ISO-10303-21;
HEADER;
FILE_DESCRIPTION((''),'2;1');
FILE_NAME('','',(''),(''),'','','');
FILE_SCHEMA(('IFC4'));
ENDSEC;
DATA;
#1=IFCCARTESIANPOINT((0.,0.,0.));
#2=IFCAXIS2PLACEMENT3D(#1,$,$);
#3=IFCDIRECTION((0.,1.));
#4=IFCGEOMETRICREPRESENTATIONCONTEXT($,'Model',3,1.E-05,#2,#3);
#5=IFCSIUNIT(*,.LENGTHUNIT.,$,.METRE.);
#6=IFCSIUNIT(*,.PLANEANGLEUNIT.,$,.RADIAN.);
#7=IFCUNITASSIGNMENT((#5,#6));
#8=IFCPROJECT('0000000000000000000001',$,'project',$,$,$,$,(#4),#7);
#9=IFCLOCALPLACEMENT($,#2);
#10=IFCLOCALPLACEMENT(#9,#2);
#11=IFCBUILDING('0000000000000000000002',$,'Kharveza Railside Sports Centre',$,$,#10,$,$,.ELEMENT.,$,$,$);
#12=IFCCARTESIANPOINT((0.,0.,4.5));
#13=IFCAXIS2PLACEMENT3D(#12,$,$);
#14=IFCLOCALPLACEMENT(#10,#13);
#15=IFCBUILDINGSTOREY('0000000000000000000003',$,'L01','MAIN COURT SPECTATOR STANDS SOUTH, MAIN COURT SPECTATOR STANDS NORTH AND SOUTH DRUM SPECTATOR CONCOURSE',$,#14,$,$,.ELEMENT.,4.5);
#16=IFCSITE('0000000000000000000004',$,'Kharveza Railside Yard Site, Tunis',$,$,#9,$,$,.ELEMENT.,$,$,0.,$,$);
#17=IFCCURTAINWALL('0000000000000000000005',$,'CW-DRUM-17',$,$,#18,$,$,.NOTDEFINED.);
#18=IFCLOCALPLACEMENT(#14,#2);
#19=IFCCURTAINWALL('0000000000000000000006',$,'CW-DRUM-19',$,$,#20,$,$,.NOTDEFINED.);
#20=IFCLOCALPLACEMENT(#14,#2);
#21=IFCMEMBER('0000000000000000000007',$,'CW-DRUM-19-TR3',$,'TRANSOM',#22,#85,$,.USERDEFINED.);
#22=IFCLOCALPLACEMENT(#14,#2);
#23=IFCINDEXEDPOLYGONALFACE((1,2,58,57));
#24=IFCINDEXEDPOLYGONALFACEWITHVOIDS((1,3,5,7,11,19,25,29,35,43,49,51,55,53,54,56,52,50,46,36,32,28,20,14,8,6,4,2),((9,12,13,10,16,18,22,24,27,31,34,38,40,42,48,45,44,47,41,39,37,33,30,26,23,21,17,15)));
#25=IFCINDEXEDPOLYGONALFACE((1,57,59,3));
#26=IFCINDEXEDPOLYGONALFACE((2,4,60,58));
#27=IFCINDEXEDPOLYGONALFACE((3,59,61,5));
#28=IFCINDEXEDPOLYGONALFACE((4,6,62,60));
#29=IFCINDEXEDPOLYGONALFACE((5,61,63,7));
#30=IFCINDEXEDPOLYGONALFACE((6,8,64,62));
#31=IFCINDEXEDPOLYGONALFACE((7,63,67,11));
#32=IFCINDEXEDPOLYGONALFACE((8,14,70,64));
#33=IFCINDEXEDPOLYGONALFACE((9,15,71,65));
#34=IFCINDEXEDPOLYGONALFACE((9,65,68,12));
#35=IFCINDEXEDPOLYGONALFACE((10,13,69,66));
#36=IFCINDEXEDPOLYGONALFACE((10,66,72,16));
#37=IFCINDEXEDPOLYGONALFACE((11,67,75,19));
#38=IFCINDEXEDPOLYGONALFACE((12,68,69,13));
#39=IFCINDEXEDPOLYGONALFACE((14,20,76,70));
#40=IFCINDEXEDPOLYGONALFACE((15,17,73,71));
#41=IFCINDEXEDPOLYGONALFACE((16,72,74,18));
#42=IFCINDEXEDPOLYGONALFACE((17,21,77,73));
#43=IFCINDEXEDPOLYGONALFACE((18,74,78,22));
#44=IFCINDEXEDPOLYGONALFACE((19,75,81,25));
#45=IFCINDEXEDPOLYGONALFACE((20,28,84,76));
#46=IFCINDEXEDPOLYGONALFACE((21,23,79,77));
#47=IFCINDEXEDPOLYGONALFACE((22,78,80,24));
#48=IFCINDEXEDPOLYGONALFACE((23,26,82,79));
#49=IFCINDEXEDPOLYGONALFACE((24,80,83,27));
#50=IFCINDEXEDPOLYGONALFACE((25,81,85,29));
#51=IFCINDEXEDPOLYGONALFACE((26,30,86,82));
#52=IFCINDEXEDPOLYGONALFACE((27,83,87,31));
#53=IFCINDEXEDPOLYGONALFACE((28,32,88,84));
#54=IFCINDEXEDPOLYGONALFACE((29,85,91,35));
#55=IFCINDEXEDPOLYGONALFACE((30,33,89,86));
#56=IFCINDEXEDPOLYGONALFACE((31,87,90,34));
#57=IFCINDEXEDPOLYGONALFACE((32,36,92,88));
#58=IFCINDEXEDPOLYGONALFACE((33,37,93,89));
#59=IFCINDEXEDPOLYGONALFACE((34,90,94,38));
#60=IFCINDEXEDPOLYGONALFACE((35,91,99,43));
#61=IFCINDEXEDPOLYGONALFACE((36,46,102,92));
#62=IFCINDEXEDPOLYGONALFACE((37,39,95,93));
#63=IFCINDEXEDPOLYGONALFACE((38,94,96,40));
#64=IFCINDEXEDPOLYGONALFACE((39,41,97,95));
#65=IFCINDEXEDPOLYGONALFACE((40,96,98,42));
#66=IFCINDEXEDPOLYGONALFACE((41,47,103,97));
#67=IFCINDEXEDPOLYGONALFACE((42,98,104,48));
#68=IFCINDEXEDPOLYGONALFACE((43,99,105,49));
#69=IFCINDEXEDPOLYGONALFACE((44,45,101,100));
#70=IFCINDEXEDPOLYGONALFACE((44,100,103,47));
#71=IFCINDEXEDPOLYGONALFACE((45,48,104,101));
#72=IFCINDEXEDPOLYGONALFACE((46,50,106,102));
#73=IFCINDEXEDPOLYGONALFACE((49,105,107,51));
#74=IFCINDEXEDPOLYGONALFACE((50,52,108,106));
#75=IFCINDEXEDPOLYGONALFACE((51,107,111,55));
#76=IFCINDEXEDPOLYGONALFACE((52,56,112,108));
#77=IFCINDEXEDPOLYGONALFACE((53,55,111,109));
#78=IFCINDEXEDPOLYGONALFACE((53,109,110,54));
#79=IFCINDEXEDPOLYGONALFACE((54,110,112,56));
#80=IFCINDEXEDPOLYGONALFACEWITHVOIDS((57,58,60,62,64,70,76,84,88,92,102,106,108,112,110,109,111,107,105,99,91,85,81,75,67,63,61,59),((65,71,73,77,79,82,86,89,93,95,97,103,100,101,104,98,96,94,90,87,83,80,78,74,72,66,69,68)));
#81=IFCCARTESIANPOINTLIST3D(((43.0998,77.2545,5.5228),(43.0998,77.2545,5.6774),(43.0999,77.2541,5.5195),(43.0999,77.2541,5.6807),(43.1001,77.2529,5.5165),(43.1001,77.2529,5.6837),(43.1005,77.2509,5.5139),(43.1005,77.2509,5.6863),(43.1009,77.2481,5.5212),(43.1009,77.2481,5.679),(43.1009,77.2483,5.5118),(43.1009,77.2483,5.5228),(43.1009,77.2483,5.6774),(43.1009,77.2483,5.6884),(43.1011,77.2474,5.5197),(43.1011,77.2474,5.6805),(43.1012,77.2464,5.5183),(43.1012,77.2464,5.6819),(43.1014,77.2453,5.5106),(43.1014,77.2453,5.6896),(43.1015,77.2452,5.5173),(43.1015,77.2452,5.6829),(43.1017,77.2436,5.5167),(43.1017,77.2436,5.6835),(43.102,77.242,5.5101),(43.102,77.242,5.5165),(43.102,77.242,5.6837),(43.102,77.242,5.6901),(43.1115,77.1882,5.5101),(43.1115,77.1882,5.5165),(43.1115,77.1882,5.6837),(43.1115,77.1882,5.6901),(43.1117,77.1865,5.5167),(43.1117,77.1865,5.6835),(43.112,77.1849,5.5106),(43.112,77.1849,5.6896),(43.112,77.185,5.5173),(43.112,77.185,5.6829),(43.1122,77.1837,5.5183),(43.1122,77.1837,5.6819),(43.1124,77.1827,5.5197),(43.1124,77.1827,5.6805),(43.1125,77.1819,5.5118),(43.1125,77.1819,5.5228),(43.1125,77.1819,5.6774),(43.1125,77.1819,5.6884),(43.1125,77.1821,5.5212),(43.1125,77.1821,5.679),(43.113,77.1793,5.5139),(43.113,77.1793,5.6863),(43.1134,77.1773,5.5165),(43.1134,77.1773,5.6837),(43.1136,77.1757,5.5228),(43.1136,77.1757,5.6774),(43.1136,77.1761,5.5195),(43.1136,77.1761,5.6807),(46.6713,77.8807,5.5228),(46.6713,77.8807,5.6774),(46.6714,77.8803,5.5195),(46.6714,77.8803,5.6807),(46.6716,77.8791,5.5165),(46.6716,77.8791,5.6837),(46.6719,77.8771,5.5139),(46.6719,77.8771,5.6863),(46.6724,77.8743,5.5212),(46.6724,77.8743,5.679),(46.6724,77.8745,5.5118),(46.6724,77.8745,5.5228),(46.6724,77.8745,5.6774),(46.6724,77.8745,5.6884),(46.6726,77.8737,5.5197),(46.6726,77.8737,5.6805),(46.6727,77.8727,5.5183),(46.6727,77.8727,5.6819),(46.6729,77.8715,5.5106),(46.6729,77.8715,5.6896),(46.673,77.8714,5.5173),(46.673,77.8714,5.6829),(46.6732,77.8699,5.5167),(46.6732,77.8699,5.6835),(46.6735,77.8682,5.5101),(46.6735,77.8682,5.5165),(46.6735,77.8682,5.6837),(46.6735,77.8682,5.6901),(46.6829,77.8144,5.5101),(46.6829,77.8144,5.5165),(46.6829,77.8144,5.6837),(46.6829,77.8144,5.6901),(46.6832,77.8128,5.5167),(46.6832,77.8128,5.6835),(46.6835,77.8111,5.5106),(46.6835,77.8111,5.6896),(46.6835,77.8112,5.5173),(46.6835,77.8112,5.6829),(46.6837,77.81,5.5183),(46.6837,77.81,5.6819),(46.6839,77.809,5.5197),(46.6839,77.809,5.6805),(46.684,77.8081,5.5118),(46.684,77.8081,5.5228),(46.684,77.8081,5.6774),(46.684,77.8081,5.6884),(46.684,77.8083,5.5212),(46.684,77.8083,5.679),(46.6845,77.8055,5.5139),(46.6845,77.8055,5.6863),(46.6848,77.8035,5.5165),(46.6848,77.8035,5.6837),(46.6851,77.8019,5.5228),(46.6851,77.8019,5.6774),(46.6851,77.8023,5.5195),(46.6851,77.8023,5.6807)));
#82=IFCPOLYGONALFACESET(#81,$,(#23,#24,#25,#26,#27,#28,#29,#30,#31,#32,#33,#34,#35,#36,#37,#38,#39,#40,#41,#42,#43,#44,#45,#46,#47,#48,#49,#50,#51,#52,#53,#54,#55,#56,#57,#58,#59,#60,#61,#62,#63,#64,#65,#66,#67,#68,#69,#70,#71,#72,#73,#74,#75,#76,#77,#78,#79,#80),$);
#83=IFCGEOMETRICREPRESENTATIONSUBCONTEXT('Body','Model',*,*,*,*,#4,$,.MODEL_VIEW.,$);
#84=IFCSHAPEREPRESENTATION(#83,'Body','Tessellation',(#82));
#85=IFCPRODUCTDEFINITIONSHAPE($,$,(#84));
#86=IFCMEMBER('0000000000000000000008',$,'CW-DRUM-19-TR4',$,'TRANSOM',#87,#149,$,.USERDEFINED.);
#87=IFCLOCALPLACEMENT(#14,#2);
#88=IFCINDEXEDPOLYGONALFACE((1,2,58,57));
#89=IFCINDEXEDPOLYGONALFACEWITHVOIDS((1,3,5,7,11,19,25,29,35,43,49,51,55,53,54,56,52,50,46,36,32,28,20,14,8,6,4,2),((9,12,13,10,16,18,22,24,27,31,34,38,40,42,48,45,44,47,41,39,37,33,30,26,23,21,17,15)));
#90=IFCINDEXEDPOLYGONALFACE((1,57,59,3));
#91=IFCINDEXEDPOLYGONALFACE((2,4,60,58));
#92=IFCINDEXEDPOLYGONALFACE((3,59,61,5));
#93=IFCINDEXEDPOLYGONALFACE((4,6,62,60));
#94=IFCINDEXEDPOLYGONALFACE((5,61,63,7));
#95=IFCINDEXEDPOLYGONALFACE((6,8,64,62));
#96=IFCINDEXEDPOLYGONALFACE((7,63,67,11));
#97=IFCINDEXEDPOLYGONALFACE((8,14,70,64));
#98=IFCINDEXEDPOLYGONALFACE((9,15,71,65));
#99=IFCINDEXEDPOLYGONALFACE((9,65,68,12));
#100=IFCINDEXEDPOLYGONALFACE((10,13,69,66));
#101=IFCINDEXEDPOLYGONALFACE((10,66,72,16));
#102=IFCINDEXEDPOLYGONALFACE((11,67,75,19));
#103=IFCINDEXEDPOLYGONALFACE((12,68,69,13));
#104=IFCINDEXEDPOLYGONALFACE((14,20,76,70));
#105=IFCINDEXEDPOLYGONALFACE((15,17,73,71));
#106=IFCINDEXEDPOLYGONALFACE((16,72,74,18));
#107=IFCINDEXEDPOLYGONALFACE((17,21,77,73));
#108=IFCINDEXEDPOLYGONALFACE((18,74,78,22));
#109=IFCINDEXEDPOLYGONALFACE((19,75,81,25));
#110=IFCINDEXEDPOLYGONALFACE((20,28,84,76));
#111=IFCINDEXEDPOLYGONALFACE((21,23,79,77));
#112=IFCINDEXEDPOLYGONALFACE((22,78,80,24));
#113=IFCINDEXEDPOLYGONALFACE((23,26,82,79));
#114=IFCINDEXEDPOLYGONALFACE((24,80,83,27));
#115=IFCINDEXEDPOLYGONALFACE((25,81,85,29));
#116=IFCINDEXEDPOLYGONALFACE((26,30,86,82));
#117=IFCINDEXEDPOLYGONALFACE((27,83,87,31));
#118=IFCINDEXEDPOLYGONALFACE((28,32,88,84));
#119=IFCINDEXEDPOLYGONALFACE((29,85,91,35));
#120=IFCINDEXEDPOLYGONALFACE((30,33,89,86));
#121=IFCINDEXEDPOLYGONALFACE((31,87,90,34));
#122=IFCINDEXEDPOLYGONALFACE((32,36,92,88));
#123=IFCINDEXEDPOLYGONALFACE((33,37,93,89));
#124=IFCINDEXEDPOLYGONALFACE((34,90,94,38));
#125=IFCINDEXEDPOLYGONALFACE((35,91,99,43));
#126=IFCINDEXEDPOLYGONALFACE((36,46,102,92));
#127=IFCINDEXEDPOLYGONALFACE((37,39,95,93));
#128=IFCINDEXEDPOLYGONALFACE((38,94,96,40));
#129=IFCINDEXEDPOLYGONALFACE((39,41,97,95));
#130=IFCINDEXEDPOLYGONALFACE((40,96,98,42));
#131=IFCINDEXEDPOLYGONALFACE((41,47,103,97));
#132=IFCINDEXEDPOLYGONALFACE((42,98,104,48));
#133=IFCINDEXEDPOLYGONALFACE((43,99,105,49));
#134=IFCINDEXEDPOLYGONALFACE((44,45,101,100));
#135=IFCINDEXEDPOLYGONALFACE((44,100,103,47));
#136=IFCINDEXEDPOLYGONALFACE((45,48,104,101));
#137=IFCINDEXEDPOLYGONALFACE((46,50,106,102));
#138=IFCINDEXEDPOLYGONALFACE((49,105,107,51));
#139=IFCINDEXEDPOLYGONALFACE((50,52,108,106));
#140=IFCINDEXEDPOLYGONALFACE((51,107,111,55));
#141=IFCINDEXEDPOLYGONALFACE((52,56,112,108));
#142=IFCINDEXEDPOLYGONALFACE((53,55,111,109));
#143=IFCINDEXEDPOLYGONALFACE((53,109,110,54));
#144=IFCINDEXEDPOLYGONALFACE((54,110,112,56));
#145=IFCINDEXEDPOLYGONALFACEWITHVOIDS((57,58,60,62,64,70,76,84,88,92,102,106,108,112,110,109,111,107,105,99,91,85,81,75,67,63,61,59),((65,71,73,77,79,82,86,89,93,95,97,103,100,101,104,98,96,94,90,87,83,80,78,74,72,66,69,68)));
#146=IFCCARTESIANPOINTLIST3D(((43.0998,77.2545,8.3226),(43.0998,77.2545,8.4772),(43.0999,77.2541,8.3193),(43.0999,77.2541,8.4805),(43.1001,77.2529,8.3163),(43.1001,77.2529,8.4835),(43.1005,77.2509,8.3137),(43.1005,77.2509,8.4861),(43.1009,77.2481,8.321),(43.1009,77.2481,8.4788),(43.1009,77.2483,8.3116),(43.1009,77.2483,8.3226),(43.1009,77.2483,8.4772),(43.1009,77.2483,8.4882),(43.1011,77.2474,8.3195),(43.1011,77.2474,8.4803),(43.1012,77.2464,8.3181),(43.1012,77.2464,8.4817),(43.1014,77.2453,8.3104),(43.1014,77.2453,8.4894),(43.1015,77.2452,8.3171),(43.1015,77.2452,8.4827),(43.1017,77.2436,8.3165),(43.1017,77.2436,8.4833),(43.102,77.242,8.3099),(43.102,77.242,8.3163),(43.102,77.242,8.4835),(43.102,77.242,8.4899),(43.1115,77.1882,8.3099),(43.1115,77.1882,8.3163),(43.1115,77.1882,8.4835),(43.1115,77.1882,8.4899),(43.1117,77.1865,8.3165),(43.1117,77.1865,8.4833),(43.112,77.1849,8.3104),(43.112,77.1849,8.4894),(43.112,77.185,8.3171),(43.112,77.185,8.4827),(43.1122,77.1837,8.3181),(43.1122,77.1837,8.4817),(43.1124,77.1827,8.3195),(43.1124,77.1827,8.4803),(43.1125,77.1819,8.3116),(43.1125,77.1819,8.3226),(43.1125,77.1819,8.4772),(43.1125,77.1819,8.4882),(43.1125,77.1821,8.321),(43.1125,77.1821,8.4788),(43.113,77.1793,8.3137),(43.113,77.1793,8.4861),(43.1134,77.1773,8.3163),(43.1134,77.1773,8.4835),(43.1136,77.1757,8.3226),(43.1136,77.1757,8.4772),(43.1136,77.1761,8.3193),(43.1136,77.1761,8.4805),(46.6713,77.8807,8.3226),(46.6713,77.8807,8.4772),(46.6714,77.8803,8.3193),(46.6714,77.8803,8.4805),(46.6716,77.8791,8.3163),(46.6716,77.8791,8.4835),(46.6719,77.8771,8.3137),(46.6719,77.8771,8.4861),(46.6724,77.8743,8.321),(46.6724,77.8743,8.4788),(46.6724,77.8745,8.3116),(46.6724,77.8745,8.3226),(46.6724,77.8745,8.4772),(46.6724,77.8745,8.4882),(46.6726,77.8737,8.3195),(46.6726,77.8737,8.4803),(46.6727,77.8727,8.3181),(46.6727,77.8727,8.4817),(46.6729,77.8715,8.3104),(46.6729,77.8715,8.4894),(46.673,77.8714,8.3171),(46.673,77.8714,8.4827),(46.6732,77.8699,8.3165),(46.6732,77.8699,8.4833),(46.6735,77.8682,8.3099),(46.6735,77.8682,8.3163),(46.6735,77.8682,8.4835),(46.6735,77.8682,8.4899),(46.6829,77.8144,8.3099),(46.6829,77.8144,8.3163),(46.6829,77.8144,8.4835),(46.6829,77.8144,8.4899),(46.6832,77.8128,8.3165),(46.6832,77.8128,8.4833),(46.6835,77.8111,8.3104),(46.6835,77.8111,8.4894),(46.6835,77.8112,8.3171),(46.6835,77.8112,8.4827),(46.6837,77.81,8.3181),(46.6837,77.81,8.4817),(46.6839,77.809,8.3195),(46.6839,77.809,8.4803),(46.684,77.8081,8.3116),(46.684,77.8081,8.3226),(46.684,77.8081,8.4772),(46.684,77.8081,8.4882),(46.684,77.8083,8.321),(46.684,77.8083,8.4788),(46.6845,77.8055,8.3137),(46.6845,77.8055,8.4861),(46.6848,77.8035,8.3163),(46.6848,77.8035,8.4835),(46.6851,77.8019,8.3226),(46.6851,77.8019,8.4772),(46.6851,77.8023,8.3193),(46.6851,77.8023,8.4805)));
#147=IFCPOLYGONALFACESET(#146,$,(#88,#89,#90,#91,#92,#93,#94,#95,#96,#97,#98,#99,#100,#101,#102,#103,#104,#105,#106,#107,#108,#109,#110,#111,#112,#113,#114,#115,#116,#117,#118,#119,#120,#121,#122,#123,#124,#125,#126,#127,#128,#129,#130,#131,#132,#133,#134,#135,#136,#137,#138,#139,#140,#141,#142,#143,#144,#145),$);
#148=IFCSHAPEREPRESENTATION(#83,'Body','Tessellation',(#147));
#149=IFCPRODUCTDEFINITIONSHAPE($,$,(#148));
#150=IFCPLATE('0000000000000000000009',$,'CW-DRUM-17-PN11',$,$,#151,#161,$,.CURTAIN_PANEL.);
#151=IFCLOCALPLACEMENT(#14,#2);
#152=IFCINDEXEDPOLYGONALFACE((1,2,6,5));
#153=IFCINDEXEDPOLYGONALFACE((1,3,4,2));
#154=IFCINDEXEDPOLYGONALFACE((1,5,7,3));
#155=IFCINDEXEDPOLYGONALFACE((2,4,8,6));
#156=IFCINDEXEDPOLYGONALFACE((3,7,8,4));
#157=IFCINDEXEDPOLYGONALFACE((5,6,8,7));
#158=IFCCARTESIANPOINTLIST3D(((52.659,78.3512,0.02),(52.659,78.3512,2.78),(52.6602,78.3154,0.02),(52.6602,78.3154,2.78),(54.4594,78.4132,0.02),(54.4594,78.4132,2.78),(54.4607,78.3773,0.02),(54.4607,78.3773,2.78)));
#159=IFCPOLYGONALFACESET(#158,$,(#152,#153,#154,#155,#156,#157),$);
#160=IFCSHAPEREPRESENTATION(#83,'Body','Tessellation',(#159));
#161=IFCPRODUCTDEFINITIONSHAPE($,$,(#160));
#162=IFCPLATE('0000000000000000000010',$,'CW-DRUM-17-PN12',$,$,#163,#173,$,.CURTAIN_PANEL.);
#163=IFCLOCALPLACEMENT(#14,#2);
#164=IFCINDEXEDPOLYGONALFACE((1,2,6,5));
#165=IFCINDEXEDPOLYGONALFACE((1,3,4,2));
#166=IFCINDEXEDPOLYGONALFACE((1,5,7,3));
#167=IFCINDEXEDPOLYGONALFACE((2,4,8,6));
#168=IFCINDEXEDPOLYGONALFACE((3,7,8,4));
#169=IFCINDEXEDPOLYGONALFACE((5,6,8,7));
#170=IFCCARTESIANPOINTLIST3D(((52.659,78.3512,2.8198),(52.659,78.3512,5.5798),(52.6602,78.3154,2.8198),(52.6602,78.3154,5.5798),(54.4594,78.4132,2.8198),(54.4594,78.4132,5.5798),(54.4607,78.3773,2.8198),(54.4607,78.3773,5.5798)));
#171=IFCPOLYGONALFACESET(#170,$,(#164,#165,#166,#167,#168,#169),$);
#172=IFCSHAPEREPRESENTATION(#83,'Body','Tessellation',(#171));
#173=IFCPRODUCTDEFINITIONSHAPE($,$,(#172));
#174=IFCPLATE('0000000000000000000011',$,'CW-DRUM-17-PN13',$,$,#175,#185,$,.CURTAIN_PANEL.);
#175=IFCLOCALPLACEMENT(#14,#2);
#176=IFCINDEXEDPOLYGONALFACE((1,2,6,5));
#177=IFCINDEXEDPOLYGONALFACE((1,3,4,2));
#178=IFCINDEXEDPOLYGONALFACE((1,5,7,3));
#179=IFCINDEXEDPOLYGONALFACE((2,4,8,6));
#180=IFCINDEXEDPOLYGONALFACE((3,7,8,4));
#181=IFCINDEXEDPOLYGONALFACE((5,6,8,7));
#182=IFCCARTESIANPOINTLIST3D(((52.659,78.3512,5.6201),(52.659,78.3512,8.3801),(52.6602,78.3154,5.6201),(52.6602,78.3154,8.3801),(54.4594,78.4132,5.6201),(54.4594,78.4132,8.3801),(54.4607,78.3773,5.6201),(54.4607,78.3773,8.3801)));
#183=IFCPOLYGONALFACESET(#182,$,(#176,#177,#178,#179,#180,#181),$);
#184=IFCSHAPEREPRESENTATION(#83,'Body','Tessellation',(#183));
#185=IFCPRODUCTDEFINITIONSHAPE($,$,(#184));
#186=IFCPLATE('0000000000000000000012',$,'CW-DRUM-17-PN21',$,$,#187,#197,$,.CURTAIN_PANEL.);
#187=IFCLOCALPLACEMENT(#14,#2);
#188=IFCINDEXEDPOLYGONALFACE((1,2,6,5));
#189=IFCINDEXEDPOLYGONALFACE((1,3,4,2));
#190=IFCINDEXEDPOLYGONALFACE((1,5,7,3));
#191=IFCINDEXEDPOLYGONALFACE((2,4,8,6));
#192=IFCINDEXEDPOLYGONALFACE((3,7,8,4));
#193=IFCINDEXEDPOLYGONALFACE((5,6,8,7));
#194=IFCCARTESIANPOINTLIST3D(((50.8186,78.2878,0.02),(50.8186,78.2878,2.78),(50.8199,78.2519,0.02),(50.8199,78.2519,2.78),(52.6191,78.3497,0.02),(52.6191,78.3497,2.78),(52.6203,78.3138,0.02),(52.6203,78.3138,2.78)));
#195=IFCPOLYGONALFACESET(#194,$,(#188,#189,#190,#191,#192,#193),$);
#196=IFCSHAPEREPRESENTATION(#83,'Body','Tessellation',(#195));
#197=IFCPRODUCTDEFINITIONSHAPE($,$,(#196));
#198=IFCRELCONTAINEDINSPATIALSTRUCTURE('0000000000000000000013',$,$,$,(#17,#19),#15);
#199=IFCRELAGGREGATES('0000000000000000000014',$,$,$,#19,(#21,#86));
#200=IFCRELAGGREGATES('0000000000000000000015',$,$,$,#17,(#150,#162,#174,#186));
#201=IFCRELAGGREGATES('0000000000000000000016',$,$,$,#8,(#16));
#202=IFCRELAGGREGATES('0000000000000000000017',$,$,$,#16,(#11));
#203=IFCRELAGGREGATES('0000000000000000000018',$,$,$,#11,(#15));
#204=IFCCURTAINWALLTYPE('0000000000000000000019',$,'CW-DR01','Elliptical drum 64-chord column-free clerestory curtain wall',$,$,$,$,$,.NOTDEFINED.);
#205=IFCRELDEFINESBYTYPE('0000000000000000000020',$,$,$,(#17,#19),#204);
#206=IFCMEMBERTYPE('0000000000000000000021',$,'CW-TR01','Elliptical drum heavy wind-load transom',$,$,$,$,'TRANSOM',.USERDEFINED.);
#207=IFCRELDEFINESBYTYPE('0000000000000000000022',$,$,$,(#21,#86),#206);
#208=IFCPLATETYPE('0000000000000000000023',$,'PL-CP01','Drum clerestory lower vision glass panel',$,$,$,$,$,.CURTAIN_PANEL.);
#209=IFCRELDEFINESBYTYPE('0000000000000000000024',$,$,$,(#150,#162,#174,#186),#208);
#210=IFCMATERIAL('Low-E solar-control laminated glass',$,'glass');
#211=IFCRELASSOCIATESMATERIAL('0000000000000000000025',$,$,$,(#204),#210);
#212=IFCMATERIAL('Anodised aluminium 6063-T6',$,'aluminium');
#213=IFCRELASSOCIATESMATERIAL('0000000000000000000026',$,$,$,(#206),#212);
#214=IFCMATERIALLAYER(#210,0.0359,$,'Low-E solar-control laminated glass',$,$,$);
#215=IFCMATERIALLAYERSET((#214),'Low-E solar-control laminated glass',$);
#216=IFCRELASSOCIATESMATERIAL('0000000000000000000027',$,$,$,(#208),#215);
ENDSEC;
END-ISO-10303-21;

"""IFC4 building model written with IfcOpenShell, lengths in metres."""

from ifc_helpers import new_model, si_unit, direction, frame, origin, origin_2d, place, context, subcontext, project, spatial, rectangle, hollow_rectangle, extrude, material, layer, layer_set, material_profile, profile_set, type_object, element, aggregate, save


model = new_model("IFC4")

# Units and contexts
model_context = context("Model", 3, precision=1e-05, world=origin(), true_north=direction((0.0, 1.0)))
body_context = subcontext(model_context, "Body", "Model", "MODEL_VIEW")
ifc_project = project(units=[si_unit("LENGTHUNIT", "METRE"), si_unit("PLANEANGLEUNIT", "RADIAN")], contexts=[model_context])

# Site, building, storey
site_placement = place(None, origin())
site = spatial("IfcSite", under=ifc_project, at=site_placement, Name="Kharveza Railside Yard Site, Tunis", CompositionType="ELEMENT", RefElevation=0.0)
building_placement = place(site_placement, origin())
building = spatial("IfcBuilding", under=site, at=building_placement, Name="Kharveza Railside Sports Centre", CompositionType="ELEMENT")
storey_placement = place(building_placement, frame((0.0, 0.0, 4.5)))
storey = spatial("IfcBuildingStorey", under=building, at=storey_placement, Name="L01", Description="MAIN COURT SPECTATOR STANDS SOUTH, MAIN COURT SPECTATOR STANDS NORTH AND SOUTH DRUM SPECTATOR CONCOURSE", CompositionType="ELEMENT", Elevation=4.5)

# Curtain walls, members
ifc_material_1 = material(Name="Low-E solar-control laminated glass", Category="glass")
curtain_wall_type = type_object("IfcCurtainWallType", Name="CW-DR01", Description="Elliptical drum 64-chord column-free clerestory curtain wall", PredefinedType="NOTDEFINED", material=ifc_material_1)
curtain_wall_1_placement = place(storey_placement, origin())
curtain_wall_1 = element("IfcCurtainWall", 1, at=curtain_wall_1_placement, inside=storey, type_object=curtain_wall_type, Name="CW-DRUM-17", PredefinedType="NOTDEFINED")
ifc_material_2 = material(Name="Anodised aluminium 6063-T6", Category="aluminium")
ifc_material_profile_1 = material_profile(ifc_material_2, hollow_rectangle(XDim=0.0801, YDim=0.1799, WallThickness=0.0063, InnerFilletRadius=0.0063, OuterFilletRadius=0.0127, at=origin_2d()), Name="RHS 80x180x6.3")
ifc_profile_set_1 = profile_set([ifc_material_profile_1], Name="Anodised aluminium 6063-T6")
member_type_1 = type_object("IfcMemberType", Name="CW-TR01", Description="Elliptical drum heavy wind-load transom", ElementType="TRANSOM", PredefinedType="USERDEFINED", material=ifc_profile_set_1)
curtain_wall_2_placement = place(storey_placement, origin())
curtain_wall_2 = element("IfcCurtainWall", 2, at=curtain_wall_2_placement, inside=storey, type_object=curtain_wall_type, Name="CW-DRUM-19", PredefinedType="NOTDEFINED")
member_1_placement = place(storey_placement, frame((46.6782, 77.8413, 5.6001), z_axis=(-0.984974, -0.172702, 0.0), x_axis=(0.172702, -0.984974, 0.0)))
member_1 = element("IfcMember", 3, at=member_1_placement, type_object=member_type_1, Name="CW-DRUM-19-TR3", ObjectType="TRANSOM", PredefinedType="USERDEFINED", context=body_context, shape_type="SweptSolid", body=[
    extrude(hollow_rectangle(XDim=0.0801, YDim=0.1799, WallThickness=0.0063, InnerFilletRadius=0.0063, OuterFilletRadius=0.0127, at=origin_2d()), origin(), (0.0, 0.0, 1.0), 3.626),
])
member_2_placement = place(storey_placement, frame((46.6782, 77.8413, 8.3999), z_axis=(-0.984974, -0.172702, 0.0), x_axis=(0.172702, -0.984974, 0.0)))
member_2 = element("IfcMember", 4, at=member_2_placement, type_object=member_type_1, Name="CW-DRUM-19-TR4", ObjectType="TRANSOM", PredefinedType="USERDEFINED", context=body_context, shape_type="SweptSolid", body=[
    extrude(hollow_rectangle(XDim=0.0801, YDim=0.1799, WallThickness=0.0063, InnerFilletRadius=0.0063, OuterFilletRadius=0.0127, at=origin_2d()), origin(), (0.0, 0.0, 1.0), 3.626),
])
aggregate(curtain_wall_2, [member_1, member_2])

# Plates
ifc_layer_1 = layer(ifc_material_1, 0.0359, Name="Low-E solar-control laminated glass")
ifc_layer_set_1 = layer_set([ifc_layer_1], Name="Low-E solar-control laminated glass")
plate_type = type_object("IfcPlateType", Name="PL-CP01", Description="Drum clerestory lower vision glass panel", PredefinedType="CURTAIN_PANEL", material=ifc_layer_set_1)
plate_1_placement = place(storey_placement, frame((53.5598, 78.3643, 0.02), z_axis=(0.0, 0.0, 1.0), x_axis=(-0.999409, -0.034376, 0.0)))
plate_1 = element("IfcPlate", 5, at=plate_1_placement, type_object=plate_type, Name="CW-DRUM-17-PN11", PredefinedType="CURTAIN_PANEL", context=body_context, shape_type="SweptSolid", body=[
    extrude(rectangle(XDim=1.8015, YDim=0.0359, at=origin_2d()), origin(), (0.0, 0.0, 1.0), 2.76),
])
plate_2_placement = place(storey_placement, frame((53.5598, 78.3643, 2.8198), z_axis=(0.0, 0.0, 1.0), x_axis=(-0.999409, -0.034376, 0.0)))
plate_2 = element("IfcPlate", 6, at=plate_2_placement, type_object=plate_type, Name="CW-DRUM-17-PN12", PredefinedType="CURTAIN_PANEL", context=body_context, shape_type="SweptSolid", body=[
    extrude(rectangle(XDim=1.8015, YDim=0.0359, at=origin_2d()), origin(), (0.0, 0.0, 1.0), 2.76),
])
plate_3_placement = place(storey_placement, frame((53.5598, 78.3643, 5.6201), z_axis=(0.0, 0.0, 1.0), x_axis=(-0.999409, -0.034376, 0.0)))
plate_3 = element("IfcPlate", 7, at=plate_3_placement, type_object=plate_type, Name="CW-DRUM-17-PN13", PredefinedType="CURTAIN_PANEL", context=body_context, shape_type="SweptSolid", body=[
    extrude(rectangle(XDim=1.8015, YDim=0.0359, at=origin_2d()), origin(), (0.0, 0.0, 1.0), 2.76),
])
plate_4_placement = place(storey_placement, frame((51.7195, 78.3008, 0.02), z_axis=(0.0, 0.0, 1.0), x_axis=(-0.999409, -0.034376, 0.0)))
plate_4 = element("IfcPlate", 8, at=plate_4_placement, type_object=plate_type, Name="CW-DRUM-17-PN21", PredefinedType="CURTAIN_PANEL", context=body_context, shape_type="SweptSolid", body=[
    extrude(rectangle(XDim=1.8015, YDim=0.0359, at=origin_2d()), origin(), (0.0, 0.0, 1.0), 2.76),
])
aggregate(curtain_wall_1, [plate_1, plate_2, plate_3, plate_4])

save(model, "model.ifc")
